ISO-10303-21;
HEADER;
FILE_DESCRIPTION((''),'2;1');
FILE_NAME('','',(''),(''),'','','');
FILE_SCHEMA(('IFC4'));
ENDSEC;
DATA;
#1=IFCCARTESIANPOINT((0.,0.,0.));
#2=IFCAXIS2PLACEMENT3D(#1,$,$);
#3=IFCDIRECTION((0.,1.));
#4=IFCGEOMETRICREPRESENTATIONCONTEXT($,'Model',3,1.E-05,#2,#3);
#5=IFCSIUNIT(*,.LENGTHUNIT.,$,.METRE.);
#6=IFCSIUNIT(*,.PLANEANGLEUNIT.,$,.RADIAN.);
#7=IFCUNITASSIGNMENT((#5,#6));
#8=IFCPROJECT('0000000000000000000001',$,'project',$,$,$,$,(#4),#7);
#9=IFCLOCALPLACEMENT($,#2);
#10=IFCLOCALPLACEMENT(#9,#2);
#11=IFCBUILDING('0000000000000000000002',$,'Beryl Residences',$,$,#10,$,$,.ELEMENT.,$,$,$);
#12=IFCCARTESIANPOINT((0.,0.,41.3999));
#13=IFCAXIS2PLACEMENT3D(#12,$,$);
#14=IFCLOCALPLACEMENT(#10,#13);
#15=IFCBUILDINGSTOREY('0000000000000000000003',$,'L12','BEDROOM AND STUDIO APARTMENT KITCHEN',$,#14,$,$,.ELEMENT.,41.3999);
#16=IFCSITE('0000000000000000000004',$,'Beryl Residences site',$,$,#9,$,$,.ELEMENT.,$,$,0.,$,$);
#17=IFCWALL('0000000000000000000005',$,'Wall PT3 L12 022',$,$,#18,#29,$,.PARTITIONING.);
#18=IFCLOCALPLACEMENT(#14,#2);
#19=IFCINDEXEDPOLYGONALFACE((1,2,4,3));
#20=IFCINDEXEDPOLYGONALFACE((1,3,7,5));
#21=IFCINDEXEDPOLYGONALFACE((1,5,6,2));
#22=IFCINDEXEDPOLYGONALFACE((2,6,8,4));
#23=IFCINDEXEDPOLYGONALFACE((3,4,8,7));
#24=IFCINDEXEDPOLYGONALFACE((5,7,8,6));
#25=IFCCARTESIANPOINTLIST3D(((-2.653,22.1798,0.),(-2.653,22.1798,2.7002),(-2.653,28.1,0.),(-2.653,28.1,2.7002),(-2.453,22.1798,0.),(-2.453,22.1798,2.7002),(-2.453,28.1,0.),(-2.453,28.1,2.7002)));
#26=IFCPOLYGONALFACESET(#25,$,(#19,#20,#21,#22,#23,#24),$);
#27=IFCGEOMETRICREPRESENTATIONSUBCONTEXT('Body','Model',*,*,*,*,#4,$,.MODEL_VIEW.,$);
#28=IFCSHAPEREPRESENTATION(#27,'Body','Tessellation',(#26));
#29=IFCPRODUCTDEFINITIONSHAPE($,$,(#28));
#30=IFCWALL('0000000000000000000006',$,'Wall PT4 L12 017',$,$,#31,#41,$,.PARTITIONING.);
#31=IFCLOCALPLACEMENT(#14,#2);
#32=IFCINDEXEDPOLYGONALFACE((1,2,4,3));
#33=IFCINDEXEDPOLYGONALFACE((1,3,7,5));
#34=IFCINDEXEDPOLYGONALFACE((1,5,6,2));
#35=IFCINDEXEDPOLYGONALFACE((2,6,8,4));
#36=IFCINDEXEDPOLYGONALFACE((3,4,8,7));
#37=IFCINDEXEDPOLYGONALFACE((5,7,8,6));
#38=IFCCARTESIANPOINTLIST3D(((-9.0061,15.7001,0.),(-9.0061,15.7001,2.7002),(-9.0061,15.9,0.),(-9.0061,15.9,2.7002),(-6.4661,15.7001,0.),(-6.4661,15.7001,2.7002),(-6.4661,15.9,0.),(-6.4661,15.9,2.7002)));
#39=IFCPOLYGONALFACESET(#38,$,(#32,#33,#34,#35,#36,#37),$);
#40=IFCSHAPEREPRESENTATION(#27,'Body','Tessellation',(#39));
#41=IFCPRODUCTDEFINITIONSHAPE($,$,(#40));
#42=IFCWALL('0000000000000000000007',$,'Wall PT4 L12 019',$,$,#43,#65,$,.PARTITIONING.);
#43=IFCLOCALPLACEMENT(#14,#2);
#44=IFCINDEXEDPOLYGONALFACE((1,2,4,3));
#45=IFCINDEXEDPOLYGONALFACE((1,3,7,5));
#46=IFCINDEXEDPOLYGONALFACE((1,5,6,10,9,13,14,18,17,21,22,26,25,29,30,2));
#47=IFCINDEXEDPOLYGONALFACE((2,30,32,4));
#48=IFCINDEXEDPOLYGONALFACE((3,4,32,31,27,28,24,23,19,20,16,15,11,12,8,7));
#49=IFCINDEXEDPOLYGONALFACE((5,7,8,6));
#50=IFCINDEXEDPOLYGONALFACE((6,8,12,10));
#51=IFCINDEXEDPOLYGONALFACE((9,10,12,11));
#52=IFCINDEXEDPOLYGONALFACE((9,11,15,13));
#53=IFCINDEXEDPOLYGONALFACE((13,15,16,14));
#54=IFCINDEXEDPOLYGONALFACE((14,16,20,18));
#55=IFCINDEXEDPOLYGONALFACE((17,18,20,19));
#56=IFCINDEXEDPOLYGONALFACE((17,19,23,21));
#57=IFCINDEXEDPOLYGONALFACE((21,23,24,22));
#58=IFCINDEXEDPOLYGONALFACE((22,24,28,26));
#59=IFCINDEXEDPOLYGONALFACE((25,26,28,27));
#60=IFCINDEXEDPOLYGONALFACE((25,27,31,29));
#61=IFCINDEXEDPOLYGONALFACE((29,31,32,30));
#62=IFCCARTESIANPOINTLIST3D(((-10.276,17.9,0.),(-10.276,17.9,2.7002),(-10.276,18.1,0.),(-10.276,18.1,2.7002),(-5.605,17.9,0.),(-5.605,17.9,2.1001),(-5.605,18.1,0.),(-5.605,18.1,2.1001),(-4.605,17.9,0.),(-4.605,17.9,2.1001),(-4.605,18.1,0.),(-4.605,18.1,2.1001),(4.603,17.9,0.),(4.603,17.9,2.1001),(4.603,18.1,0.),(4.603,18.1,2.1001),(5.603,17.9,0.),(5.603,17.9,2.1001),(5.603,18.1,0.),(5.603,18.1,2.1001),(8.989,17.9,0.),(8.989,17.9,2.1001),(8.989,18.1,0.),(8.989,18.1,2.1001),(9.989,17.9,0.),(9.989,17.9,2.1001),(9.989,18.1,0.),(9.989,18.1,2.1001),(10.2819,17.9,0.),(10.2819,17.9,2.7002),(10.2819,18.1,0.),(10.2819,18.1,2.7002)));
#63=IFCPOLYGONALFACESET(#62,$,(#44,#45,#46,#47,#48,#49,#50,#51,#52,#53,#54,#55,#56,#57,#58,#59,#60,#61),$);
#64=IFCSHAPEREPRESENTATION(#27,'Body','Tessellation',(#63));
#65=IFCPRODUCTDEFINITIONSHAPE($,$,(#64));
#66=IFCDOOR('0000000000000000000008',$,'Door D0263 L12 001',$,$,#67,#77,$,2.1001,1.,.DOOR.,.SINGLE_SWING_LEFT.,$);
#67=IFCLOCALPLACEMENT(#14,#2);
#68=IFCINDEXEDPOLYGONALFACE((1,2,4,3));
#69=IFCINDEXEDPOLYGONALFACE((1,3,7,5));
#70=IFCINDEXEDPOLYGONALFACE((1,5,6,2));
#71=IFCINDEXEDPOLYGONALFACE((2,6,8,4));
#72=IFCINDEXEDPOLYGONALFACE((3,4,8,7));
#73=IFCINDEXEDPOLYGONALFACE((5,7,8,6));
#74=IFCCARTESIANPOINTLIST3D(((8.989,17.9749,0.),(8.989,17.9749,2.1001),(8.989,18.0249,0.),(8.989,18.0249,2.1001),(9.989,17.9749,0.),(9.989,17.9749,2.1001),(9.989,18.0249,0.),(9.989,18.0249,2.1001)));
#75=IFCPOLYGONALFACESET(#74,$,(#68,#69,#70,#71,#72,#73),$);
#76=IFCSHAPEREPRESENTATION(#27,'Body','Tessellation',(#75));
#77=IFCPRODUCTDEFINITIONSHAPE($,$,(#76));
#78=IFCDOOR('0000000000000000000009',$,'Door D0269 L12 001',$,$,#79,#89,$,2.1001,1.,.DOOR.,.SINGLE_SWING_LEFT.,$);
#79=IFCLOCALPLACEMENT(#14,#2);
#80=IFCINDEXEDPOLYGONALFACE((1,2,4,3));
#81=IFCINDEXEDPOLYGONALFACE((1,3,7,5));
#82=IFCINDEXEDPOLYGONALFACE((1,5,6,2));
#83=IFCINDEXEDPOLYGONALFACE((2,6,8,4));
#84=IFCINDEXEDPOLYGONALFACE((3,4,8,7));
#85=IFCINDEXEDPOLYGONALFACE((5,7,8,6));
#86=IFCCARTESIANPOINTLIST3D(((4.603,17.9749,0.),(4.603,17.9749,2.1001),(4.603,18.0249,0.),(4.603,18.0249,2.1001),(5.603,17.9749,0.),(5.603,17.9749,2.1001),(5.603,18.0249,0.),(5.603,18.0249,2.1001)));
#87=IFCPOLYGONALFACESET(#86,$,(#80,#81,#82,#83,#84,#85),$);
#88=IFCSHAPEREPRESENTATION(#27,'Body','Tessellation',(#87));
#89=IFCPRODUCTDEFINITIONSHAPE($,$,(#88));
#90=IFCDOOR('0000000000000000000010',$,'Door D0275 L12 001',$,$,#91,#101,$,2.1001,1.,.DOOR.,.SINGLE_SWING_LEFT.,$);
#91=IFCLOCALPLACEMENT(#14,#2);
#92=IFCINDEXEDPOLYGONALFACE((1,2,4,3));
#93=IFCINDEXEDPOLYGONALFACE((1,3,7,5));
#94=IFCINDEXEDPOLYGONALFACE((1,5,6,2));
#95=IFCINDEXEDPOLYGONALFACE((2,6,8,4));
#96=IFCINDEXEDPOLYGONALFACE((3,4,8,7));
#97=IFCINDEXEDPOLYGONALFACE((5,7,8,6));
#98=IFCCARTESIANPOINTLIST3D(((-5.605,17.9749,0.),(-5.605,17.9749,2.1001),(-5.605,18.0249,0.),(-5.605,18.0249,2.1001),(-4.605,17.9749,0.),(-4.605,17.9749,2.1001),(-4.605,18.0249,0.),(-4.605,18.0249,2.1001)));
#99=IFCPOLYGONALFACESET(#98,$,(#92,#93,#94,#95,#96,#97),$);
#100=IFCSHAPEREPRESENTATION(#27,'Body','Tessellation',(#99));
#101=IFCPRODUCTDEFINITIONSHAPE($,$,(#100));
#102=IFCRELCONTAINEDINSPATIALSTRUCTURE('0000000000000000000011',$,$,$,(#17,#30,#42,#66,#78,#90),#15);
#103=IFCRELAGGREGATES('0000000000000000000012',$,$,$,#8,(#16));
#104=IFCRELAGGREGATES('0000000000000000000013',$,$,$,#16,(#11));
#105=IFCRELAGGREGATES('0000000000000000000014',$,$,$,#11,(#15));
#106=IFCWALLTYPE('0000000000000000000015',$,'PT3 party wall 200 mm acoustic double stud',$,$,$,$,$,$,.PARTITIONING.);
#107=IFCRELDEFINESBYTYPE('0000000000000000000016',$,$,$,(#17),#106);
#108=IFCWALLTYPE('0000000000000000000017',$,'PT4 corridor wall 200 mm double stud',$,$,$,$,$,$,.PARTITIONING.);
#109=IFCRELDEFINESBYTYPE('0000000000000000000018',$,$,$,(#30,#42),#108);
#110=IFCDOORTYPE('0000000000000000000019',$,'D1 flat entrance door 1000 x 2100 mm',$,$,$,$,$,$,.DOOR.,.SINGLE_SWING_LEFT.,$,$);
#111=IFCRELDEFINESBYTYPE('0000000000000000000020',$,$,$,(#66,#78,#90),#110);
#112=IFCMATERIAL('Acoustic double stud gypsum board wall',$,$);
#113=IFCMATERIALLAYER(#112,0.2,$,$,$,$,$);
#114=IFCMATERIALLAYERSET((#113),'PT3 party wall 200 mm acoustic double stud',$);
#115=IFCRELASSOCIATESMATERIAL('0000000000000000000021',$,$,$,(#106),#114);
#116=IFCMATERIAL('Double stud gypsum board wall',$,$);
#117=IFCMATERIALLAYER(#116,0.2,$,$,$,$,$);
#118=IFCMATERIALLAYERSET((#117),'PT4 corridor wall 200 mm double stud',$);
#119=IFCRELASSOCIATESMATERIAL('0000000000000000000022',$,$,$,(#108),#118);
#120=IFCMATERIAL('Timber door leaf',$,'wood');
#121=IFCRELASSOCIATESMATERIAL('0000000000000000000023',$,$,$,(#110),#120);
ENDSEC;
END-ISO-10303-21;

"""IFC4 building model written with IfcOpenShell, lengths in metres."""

from ifc_helpers import new_model, si_unit, direction, frame, frame_2d, origin, place, context, subcontext, project, spatial, rectangle, extrude, material, layer, layer_set, type_object, element, fill, save


model = new_model("IFC4")

# Units and contexts
model_context = context("Model", 3, precision=1e-05, world=origin(), true_north=direction((0.0, 1.0)))
body_context = subcontext(model_context, "Body", "Model", "MODEL_VIEW")
ifc_project = project(units=[si_unit("LENGTHUNIT", "METRE"), si_unit("PLANEANGLEUNIT", "RADIAN")], contexts=[model_context])

# Site, building, storey
site_placement = place(None, origin())
site = spatial("IfcSite", under=ifc_project, at=site_placement, Name="Beryl Residences site", CompositionType="ELEMENT", RefElevation=0.0)
building_placement = place(site_placement, origin())
building = spatial("IfcBuilding", under=site, at=building_placement, Name="Beryl Residences", CompositionType="ELEMENT")
storey_placement = place(building_placement, frame((0.0, 0.0, 41.3999)))
storey = spatial("IfcBuildingStorey", under=building, at=storey_placement, Name="L12", Description="BEDROOM AND STUDIO APARTMENT KITCHEN", CompositionType="ELEMENT", Elevation=41.3999)

# Walls
ifc_material_1 = material(Name="Acoustic double stud gypsum board wall")
ifc_layer_1 = layer(ifc_material_1, 0.2)
ifc_layer_set_1 = layer_set([ifc_layer_1], Name="PT3 party wall 200 mm acoustic double stud")
wall_type_1 = type_object("IfcWallType", Name="PT3 party wall 200 mm acoustic double stud", PredefinedType="PARTITIONING", material=ifc_layer_set_1)
wall_1_placement = place(storey_placement, frame((-2.553, 22.1799, 0.0), z_axis=(0.0, 0.0, 1.0), x_axis=(0.0, 1.0, 0.0)))
element("IfcWall", 1, at=wall_1_placement, inside=storey, type_object=wall_type_1, Name="Wall PT3 L12 022", PredefinedType="PARTITIONING", context=body_context, shape_type="SweptSolid", body=[
    extrude(rectangle(XDim=5.9202, YDim=0.2, at=frame_2d((2.96, 0.0))), origin(), (0.0, 0.0, 1.0), 2.7002),
])
ifc_material_2 = material(Name="Double stud gypsum board wall")
ifc_layer_2 = layer(ifc_material_2, 0.2)
ifc_layer_set_2 = layer_set([ifc_layer_2], Name="PT4 corridor wall 200 mm double stud")
wall_type_2 = type_object("IfcWallType", Name="PT4 corridor wall 200 mm double stud", PredefinedType="PARTITIONING", material=ifc_layer_set_2)
wall_2_placement = place(storey_placement, frame((-9.0061, 15.8, 0.0), z_axis=(0.0, 0.0, 1.0), x_axis=(1.0, 0.0, 0.0)))
element("IfcWall", 2, at=wall_2_placement, inside=storey, type_object=wall_type_2, Name="Wall PT4 L12 017", PredefinedType="PARTITIONING", context=body_context, shape_type="SweptSolid", body=[
    extrude(rectangle(XDim=2.54, YDim=0.2, at=frame_2d((1.27, 0.0))), origin(), (0.0, 0.0, 1.0), 2.7002),
])

# Wall, openings, doors
wall_3_placement = place(storey_placement, frame((-10.2759, 18.0, 0.0), z_axis=(0.0, 0.0, 1.0), x_axis=(1.0, 0.0, 0.0)))
wall_3 = element("IfcWall", 3, at=wall_3_placement, inside=storey, type_object=wall_type_2, Name="Wall PT4 L12 019", PredefinedType="PARTITIONING", context=body_context, shape_type="SweptSolid", body=[
    extrude(rectangle(XDim=20.5579, YDim=0.2, at=frame_2d((10.2788, 0.0))), origin(), (0.0, 0.0, 1.0), 2.7002),
])
opening_1_placement = place(wall_3_placement, frame((19.2649, 0.0, 0.0)))
opening_1 = element("IfcOpeningElement", 4, at=opening_1_placement, cuts=wall_3, PredefinedType="OPENING", context=body_context, shape_type="SweptSolid", body=[
    extrude(rectangle(XDim=1.0, YDim=2.1001, at=frame_2d((0.5, 1.05))), frame((0.0, 0.1099, 0.0), z_axis=(0.0, -1.0, 0.0), x_axis=(1.0, 0.0, 0.0)), (0.0, 0.0, 1.0), 0.22),
])
opening_2_placement = place(wall_3_placement, frame((14.8789, 0.0, 0.0)))
opening_2 = element("IfcOpeningElement", 5, at=opening_2_placement, cuts=wall_3, PredefinedType="OPENING", context=body_context, shape_type="SweptSolid", body=[
    extrude(rectangle(XDim=1.0, YDim=2.1001, at=frame_2d((0.5, 1.05))), frame((0.0, 0.1099, 0.0), z_axis=(0.0, -1.0, 0.0), x_axis=(1.0, 0.0, 0.0)), (0.0, 0.0, 1.0), 0.22),
])
opening_3_placement = place(wall_3_placement, frame((4.6709, 0.0, 0.0)))
opening_3 = element("IfcOpeningElement", 6, at=opening_3_placement, cuts=wall_3, PredefinedType="OPENING", context=body_context, shape_type="SweptSolid", body=[
    extrude(rectangle(XDim=1.0, YDim=2.1001, at=frame_2d((0.5, 1.05))), frame((0.0, 0.1099, 0.0), z_axis=(0.0, -1.0, 0.0), x_axis=(1.0, 0.0, 0.0)), (0.0, 0.0, 1.0), 0.22),
])
ifc_material_3 = material(Name="Timber door leaf", Category="wood")
door_type_1 = type_object("IfcDoorType", Name="D1 flat entrance door 1000 x 2100 mm", OperationType="SINGLE_SWING_LEFT", PredefinedType="DOOR", material=ifc_material_3)
door_1_placement = place(opening_1_placement, origin())
door_1 = element("IfcDoor", 7, at=door_1_placement, inside=storey, type_object=door_type_1, Name="Door D0263 L12 001", OperationType="SINGLE_SWING_LEFT", OverallHeight=2.1001, OverallWidth=1.0, PredefinedType="DOOR", context=body_context, shape_type="SweptSolid", body=[
    extrude(rectangle(XDim=1.0, YDim=2.1001, at=frame_2d((0.5, 1.05))), frame((0.0, 0.0249, 0.0), z_axis=(0.0, -1.0, 0.0), x_axis=(1.0, 0.0, 0.0)), (0.0, 0.0, 1.0), 0.05),
])
fill(opening_1, door_1)
door_2_placement = place(opening_2_placement, origin())
door_2 = element("IfcDoor", 8, at=door_2_placement, inside=storey, type_object=door_type_1, Name="Door D0269 L12 001", OperationType="SINGLE_SWING_LEFT", OverallHeight=2.1001, OverallWidth=1.0, PredefinedType="DOOR", context=body_context, shape_type="SweptSolid", body=[
    extrude(rectangle(XDim=1.0, YDim=2.1001, at=frame_2d((0.5, 1.05))), frame((0.0, 0.0249, 0.0), z_axis=(0.0, -1.0, 0.0), x_axis=(1.0, 0.0, 0.0)), (0.0, 0.0, 1.0), 0.05),
])
fill(opening_2, door_2)
door_3_placement = place(opening_3_placement, origin())
door_3 = element("IfcDoor", 9, at=door_3_placement, inside=storey, type_object=door_type_1, Name="Door D0275 L12 001", OperationType="SINGLE_SWING_LEFT", OverallHeight=2.1001, OverallWidth=1.0, PredefinedType="DOOR", context=body_context, shape_type="SweptSolid", body=[
    extrude(rectangle(XDim=1.0, YDim=2.1001, at=frame_2d((0.5, 1.05))), frame((0.0, 0.0249, 0.0), z_axis=(0.0, -1.0, 0.0), x_axis=(1.0, 0.0, 0.0)), (0.0, 0.0, 1.0), 0.05),
])
fill(opening_3, door_3)

save(model, "model.ifc")
